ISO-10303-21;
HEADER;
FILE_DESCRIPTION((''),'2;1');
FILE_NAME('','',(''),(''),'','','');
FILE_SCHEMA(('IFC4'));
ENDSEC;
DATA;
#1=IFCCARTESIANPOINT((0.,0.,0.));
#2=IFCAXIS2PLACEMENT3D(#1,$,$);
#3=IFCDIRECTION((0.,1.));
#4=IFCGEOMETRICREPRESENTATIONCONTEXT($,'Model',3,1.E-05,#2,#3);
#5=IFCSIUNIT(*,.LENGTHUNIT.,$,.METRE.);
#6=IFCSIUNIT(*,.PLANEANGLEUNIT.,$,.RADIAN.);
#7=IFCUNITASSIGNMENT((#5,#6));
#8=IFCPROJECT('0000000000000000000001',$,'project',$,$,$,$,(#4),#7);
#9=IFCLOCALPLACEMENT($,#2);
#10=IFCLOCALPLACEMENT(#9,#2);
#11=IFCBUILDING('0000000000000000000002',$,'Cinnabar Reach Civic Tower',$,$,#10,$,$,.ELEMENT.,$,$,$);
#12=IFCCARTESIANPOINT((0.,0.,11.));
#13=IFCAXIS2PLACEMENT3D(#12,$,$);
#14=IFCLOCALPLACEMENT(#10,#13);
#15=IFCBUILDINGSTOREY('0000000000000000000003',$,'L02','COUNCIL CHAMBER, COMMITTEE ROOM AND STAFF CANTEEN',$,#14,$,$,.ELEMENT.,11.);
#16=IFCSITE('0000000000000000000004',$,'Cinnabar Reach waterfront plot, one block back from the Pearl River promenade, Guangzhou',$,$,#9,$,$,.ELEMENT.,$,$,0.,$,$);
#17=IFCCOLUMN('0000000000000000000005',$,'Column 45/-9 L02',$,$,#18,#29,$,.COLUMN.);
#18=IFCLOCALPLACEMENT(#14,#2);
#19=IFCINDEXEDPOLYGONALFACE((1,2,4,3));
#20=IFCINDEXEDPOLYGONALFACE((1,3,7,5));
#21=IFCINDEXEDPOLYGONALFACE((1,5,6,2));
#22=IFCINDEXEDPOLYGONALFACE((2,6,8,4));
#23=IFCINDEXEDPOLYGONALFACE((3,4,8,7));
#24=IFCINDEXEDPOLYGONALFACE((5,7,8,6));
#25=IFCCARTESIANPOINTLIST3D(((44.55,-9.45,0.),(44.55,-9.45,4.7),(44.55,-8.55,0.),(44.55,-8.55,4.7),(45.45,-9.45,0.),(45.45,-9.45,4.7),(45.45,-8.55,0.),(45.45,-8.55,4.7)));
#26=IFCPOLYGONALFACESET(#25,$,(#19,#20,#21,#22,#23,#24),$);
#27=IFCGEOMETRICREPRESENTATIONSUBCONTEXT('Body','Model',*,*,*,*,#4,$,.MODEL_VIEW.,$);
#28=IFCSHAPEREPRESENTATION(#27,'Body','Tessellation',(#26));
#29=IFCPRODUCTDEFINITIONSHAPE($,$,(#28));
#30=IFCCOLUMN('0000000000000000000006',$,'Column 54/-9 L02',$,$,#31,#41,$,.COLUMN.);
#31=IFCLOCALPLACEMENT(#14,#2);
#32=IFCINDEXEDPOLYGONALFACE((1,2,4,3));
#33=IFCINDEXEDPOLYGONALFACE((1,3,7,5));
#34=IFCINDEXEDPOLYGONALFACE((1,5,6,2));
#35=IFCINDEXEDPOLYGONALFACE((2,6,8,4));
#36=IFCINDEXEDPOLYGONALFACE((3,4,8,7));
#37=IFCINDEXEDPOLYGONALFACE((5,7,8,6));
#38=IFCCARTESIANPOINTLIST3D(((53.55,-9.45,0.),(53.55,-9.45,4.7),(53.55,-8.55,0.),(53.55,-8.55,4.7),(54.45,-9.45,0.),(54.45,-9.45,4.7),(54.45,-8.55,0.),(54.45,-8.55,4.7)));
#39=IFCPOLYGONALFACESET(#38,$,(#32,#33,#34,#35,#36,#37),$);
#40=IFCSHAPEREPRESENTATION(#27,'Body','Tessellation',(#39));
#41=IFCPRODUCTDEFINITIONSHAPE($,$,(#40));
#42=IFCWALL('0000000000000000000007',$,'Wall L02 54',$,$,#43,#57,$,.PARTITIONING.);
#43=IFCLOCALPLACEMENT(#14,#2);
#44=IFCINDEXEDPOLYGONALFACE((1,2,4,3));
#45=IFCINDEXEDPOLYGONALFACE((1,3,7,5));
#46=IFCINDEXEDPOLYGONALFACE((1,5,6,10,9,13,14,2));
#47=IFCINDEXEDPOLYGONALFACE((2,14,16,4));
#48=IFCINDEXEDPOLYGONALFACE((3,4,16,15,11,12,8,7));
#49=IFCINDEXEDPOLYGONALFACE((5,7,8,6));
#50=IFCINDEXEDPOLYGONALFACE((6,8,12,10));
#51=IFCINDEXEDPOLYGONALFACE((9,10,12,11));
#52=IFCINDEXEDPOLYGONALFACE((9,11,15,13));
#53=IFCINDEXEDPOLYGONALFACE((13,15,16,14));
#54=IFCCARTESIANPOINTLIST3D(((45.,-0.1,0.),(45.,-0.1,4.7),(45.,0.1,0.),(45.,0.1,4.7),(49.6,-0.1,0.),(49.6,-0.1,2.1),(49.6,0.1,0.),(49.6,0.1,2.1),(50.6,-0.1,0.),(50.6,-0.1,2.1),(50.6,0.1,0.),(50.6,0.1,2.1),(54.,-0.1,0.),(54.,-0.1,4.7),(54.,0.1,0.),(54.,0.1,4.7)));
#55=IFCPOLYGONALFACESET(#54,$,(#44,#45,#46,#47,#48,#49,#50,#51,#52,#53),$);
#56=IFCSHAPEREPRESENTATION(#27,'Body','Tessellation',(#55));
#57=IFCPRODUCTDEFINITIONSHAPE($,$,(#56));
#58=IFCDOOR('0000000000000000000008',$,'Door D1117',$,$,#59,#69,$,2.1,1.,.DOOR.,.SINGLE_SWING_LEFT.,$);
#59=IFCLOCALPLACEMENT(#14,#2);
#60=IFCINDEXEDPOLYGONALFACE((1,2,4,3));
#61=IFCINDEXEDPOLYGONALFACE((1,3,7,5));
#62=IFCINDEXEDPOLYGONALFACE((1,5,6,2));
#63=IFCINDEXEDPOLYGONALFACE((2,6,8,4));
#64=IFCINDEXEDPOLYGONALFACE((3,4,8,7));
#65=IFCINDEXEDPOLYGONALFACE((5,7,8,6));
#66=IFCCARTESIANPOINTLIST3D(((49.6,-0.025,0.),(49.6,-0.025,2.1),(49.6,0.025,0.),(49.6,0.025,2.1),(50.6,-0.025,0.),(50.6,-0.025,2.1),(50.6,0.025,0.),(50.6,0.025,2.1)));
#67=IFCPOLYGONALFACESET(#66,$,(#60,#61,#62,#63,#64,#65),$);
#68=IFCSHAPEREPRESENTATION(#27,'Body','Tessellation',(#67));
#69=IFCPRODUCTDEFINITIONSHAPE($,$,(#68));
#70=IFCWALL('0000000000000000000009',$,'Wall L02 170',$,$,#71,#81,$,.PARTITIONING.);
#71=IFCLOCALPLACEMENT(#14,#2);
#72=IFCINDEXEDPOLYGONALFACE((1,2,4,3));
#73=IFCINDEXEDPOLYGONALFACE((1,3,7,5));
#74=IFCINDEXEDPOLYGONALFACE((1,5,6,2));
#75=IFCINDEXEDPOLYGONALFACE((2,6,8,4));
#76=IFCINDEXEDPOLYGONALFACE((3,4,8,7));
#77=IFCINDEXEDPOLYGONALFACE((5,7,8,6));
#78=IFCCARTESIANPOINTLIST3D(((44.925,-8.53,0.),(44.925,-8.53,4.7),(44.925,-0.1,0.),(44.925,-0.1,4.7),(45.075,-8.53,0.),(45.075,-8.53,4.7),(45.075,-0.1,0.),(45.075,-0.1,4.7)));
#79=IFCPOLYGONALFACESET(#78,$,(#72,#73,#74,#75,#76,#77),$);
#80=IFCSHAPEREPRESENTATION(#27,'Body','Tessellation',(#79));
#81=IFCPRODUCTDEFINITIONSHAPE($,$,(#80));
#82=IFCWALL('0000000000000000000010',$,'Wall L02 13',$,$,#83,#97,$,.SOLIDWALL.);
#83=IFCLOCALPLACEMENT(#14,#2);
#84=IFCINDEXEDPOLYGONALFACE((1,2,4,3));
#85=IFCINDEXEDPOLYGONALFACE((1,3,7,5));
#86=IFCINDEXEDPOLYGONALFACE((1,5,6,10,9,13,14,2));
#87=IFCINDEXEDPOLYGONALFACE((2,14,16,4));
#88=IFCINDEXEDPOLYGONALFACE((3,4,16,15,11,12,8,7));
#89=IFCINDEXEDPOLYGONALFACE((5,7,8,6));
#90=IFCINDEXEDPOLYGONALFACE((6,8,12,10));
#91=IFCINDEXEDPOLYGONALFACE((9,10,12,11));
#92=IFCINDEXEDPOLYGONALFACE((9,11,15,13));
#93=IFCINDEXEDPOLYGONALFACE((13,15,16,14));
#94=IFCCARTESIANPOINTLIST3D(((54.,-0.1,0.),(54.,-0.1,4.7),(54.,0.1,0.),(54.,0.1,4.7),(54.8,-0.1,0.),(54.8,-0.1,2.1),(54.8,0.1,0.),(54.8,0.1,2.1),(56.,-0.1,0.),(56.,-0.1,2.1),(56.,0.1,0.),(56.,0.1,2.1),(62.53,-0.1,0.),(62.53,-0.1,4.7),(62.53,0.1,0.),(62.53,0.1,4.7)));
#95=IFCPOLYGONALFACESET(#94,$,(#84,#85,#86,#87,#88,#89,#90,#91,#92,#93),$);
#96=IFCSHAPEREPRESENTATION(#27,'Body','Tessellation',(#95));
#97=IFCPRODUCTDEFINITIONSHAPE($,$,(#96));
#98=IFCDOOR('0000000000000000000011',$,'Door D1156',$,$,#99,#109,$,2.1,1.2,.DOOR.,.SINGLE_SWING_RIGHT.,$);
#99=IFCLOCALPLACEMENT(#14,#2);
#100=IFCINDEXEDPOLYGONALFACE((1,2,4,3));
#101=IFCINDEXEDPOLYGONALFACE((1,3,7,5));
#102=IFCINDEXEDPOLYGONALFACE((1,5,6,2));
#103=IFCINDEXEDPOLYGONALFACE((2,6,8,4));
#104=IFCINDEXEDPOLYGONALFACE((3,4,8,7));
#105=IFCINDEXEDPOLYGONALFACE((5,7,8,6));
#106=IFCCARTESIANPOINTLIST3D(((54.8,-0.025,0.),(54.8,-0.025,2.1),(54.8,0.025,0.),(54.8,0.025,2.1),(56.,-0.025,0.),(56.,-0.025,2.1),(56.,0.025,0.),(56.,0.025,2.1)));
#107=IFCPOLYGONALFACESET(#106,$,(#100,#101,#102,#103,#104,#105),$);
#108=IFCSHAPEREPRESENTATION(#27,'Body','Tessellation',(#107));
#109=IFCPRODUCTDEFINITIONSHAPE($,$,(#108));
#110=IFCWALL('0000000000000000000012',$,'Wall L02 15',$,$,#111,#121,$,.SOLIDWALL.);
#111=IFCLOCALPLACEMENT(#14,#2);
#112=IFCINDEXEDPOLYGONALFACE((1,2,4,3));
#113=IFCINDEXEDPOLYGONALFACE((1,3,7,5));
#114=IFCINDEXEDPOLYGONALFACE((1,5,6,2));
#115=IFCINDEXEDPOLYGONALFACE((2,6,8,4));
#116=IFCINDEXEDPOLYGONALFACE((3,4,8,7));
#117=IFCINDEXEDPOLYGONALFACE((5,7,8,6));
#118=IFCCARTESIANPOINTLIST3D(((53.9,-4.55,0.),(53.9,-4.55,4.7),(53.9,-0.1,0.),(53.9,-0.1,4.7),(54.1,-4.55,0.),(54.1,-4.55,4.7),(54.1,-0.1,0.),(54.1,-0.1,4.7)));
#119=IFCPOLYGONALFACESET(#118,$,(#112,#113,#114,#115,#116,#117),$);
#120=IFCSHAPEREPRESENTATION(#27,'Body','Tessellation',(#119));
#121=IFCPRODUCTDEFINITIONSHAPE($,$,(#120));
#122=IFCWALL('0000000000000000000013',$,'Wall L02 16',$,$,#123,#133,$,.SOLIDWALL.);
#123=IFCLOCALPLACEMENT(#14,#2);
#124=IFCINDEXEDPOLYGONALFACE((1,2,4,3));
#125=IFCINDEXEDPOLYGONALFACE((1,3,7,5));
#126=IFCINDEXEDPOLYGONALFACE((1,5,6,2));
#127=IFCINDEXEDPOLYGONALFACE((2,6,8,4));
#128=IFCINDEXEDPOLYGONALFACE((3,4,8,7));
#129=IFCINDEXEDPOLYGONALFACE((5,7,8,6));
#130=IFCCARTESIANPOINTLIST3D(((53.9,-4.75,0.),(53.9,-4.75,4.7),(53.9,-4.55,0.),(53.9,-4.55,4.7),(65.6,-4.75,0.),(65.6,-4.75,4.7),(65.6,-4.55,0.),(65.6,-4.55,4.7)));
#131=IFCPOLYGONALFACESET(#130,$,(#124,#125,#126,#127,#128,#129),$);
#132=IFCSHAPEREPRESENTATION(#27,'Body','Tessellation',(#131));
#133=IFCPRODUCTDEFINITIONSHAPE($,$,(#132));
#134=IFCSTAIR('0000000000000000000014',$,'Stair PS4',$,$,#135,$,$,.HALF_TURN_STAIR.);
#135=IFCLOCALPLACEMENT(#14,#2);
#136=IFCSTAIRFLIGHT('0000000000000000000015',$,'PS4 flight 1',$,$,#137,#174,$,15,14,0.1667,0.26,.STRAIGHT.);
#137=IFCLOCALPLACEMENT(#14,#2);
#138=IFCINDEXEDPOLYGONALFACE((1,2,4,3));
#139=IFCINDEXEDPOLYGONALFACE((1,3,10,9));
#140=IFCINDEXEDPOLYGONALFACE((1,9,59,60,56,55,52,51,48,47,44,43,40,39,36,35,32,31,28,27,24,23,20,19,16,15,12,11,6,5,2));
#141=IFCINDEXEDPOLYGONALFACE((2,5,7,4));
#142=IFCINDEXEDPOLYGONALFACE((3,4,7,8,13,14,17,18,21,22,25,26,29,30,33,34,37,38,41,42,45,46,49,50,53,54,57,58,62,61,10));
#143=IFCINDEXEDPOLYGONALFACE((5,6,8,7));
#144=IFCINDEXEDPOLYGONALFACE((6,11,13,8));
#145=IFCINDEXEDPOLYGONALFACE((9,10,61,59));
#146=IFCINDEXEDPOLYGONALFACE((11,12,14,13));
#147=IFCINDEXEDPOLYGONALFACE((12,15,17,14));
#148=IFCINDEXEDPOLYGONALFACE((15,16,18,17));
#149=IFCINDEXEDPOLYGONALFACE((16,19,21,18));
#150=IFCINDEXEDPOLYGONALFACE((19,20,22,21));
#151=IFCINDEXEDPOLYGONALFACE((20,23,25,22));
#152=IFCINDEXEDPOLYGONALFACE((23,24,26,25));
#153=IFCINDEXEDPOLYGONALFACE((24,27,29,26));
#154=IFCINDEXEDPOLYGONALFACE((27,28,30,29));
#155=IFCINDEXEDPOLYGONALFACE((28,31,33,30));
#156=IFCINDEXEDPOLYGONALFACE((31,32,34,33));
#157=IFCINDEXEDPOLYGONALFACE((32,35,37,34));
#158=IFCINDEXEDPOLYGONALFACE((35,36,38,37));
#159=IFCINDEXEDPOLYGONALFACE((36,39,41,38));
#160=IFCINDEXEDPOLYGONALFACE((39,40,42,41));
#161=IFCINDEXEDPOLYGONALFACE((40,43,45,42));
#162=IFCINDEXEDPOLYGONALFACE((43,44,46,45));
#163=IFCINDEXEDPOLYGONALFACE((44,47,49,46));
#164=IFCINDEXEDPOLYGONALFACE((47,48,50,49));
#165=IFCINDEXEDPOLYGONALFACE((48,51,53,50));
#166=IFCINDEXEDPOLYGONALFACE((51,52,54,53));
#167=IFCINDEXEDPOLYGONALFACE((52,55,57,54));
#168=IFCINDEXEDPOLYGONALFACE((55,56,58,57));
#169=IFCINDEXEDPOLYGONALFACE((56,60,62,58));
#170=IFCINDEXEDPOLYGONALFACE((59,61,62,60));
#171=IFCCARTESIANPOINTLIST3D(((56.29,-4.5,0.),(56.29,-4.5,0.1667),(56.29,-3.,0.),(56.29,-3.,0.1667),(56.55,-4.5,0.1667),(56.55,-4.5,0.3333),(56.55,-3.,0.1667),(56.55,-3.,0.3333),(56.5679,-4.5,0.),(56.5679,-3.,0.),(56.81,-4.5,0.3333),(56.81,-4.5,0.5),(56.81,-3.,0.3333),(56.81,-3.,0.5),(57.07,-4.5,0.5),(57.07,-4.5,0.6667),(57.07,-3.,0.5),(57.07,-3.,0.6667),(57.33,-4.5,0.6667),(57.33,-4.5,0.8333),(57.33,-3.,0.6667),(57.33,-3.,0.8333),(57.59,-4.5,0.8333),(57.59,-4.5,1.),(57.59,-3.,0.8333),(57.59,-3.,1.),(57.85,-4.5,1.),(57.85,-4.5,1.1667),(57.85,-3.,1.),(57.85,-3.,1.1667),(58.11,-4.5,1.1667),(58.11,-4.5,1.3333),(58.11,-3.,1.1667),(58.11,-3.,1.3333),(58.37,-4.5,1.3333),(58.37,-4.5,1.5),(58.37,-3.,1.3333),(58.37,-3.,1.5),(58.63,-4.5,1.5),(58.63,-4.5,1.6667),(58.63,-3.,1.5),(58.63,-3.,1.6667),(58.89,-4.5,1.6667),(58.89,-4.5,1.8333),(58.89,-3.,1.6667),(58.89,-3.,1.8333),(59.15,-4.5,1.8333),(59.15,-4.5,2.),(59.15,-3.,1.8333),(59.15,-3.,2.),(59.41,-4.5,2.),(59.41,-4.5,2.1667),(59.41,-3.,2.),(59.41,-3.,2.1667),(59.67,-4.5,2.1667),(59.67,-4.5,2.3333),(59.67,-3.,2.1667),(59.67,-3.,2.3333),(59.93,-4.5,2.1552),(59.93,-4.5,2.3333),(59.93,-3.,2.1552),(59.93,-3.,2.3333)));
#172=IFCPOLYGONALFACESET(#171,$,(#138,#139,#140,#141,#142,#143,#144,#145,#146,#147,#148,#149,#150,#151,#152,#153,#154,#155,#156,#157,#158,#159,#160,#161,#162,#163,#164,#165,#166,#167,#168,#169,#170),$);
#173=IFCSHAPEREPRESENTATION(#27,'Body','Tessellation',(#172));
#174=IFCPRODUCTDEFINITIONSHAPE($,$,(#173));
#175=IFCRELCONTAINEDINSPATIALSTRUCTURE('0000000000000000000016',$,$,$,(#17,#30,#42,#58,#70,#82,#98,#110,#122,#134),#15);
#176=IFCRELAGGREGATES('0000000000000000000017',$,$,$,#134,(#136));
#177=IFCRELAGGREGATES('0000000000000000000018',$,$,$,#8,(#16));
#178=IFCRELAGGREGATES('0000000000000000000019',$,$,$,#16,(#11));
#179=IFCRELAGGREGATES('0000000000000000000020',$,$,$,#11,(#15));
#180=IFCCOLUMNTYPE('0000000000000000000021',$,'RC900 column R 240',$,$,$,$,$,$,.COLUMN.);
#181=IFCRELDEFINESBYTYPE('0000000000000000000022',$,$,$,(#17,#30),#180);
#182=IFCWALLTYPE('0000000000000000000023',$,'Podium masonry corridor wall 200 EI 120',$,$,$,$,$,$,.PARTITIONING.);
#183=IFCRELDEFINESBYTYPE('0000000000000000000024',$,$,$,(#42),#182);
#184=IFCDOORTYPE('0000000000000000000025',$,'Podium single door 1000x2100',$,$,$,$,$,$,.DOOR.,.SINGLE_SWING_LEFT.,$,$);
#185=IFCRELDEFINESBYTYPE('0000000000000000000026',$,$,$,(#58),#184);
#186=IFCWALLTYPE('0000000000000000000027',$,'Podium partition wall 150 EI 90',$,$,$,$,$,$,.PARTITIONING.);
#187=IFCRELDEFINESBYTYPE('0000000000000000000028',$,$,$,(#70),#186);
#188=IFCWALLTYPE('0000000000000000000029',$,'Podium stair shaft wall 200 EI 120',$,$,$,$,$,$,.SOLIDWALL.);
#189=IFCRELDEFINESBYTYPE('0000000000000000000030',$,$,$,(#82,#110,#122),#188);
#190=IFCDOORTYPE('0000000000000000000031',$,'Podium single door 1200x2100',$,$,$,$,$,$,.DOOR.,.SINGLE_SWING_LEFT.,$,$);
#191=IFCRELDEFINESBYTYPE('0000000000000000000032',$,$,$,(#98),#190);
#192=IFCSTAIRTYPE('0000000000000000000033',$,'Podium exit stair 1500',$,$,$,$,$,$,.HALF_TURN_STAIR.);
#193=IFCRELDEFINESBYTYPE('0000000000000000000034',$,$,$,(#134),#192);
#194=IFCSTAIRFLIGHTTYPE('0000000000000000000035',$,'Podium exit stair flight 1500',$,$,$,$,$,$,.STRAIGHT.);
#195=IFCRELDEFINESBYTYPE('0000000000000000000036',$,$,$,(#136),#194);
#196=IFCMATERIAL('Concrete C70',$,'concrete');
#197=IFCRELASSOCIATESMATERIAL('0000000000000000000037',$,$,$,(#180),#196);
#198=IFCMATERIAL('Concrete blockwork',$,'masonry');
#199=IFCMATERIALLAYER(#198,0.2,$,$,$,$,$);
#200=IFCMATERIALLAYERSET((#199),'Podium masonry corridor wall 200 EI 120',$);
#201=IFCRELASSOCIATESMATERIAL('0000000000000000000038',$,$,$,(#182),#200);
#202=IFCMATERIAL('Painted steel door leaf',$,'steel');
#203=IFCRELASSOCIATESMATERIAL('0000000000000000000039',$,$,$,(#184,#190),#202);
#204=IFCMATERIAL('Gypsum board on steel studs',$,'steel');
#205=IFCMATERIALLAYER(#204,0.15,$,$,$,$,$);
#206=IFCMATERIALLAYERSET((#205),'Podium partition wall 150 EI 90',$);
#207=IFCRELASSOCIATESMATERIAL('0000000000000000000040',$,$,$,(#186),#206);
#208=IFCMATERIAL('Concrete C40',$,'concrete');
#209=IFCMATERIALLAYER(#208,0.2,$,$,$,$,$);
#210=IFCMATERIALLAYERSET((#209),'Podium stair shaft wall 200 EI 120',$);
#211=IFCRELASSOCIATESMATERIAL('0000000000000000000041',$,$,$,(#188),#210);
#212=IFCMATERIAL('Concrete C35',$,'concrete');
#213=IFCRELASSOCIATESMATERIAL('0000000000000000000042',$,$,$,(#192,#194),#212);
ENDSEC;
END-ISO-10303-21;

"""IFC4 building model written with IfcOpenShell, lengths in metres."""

from ifc_helpers import new_model, si_unit, direction, frame, frame_2d, origin, origin_2d, place, context, subcontext, project, spatial, polyline, rectangle, outline, extrude, material, layer, layer_set, material_profile, profile_set, type_object, element, fill, aggregate, save


model = new_model("IFC4")

# Units and contexts
model_context = context("Model", 3, precision=1e-05, world=origin(), true_north=direction((0.0, 1.0)))
body_context = subcontext(model_context, "Body", "Model", "MODEL_VIEW")
ifc_project = project(units=[si_unit("LENGTHUNIT", "METRE"), si_unit("PLANEANGLEUNIT", "RADIAN")], contexts=[model_context])

# Site, building, storey
site_placement = place(None, origin())
site = spatial("IfcSite", under=ifc_project, at=site_placement, Name="Cinnabar Reach waterfront plot, one block back from the Pearl River promenade, Guangzhou", CompositionType="ELEMENT", RefElevation=0.0)
building_placement = place(site_placement, origin())
building = spatial("IfcBuilding", under=site, at=building_placement, Name="Cinnabar Reach Civic Tower", CompositionType="ELEMENT")
storey_placement = place(building_placement, frame((0.0, 0.0, 11.0)))
storey = spatial("IfcBuildingStorey", under=building, at=storey_placement, Name="L02", Description="COUNCIL CHAMBER, COMMITTEE ROOM AND STAFF CANTEEN", CompositionType="ELEMENT", Elevation=11.0)

# Columns
ifc_material_1 = material(Name="Concrete C70", Category="concrete")
ifc_material_profile = material_profile(ifc_material_1, rectangle(XDim=0.9, YDim=0.9, at=origin_2d()), Name="RC900")
ifc_profile_set = profile_set([ifc_material_profile], Name="Concrete C70")
column_type = type_object("IfcColumnType", Name="RC900 column R 240", PredefinedType="COLUMN", material=ifc_profile_set)
for number, where, z_axis, x_axis, name in (
    (1, (45.0, -9.0, 0.0), (0.0, 0.0, 1.0), (1.0, 0.0, 0.0), "Column 45/-9 L02"),
    (2, (54.0, -9.0, 0.0), (0.0, 0.0, 1.0), (1.0, 0.0, 0.0), "Column 54/-9 L02"),
):
    element("IfcColumn", number, at=place(storey_placement, frame(where, z_axis=z_axis, x_axis=x_axis)), inside=storey, type_object=column_type, Name=name, PredefinedType="COLUMN", context=body_context, shape_type="SweptSolid", body=[
        extrude(rectangle(XDim=0.9, YDim=0.9, at=origin_2d()), origin(), (0.0, 0.0, 1.0), 4.7),
    ])

# Wall, opening, door
ifc_material_2 = material(Name="Concrete blockwork", Category="masonry")
ifc_layer_1 = layer(ifc_material_2, 0.2)
ifc_layer_set_1 = layer_set([ifc_layer_1], Name="Podium masonry corridor wall 200 EI 120")
wall_type_1 = type_object("IfcWallType", Name="Podium masonry corridor wall 200 EI 120", PredefinedType="PARTITIONING", material=ifc_layer_set_1)
wall_1_placement = place(storey_placement, frame((45.0, 0.0, 0.0), z_axis=(0.0, 0.0, 1.0), x_axis=(1.0, 0.0, 0.0)))
wall_1 = element("IfcWall", 3, at=wall_1_placement, inside=storey, type_object=wall_type_1, Name="Wall L02 54", PredefinedType="PARTITIONING", context=body_context, shape_type="SweptSolid", body=[
    extrude(rectangle(XDim=9.0, YDim=0.2, at=frame_2d((4.5, 0.0))), origin(), (0.0, 0.0, 1.0), 4.7),
])
opening_1_placement = place(wall_1_placement, frame((4.6, 0.0, 0.0)))
opening_1 = element("IfcOpeningElement", 4, at=opening_1_placement, cuts=wall_1, PredefinedType="OPENING", context=body_context, shape_type="SweptSolid", body=[
    extrude(rectangle(XDim=1.0, YDim=2.1, at=frame_2d((0.5, 1.05))), frame((0.0, 0.11, 0.0), z_axis=(0.0, -1.0, 0.0), x_axis=(1.0, 0.0, 0.0)), (0.0, 0.0, 1.0), 0.22),
])
ifc_material_3 = material(Name="Painted steel door leaf", Category="steel")
door_type_1 = type_object("IfcDoorType", Name="Podium single door 1000x2100", OperationType="SINGLE_SWING_LEFT", PredefinedType="DOOR", material=ifc_material_3)
door_1_placement = place(opening_1_placement, frame((1.0, 0.0, 0.0), z_axis=(0.0, 0.0, 1.0), x_axis=(-1.0, 0.0, 0.0)))
door_1 = element("IfcDoor", 5, at=door_1_placement, inside=storey, type_object=door_type_1, Name="Door D1117", OperationType="SINGLE_SWING_LEFT", OverallHeight=2.1, OverallWidth=1.0, PredefinedType="DOOR", context=body_context, shape_type="SweptSolid", body=[
    extrude(rectangle(XDim=1.0, YDim=2.1, at=frame_2d((0.5, 1.05))), frame((0.0, 0.025, 0.0), z_axis=(0.0, -1.0, 0.0), x_axis=(1.0, 0.0, 0.0)), (0.0, 0.0, 1.0), 0.05),
])
fill(opening_1, door_1)

# Wall
ifc_material_4 = material(Name="Gypsum board on steel studs", Category="steel")
ifc_layer_2 = layer(ifc_material_4, 0.15)
ifc_layer_set_2 = layer_set([ifc_layer_2], Name="Podium partition wall 150 EI 90")
wall_type_2 = type_object("IfcWallType", Name="Podium partition wall 150 EI 90", PredefinedType="PARTITIONING", material=ifc_layer_set_2)
wall_2_placement = place(storey_placement, frame((45.0, -8.53, 0.0), z_axis=(0.0, 0.0, 1.0), x_axis=(0.0, 1.0, 0.0)))
element("IfcWall", 6, at=wall_2_placement, inside=storey, type_object=wall_type_2, Name="Wall L02 170", PredefinedType="PARTITIONING", context=body_context, shape_type="SweptSolid", body=[
    extrude(rectangle(XDim=8.43, YDim=0.15, at=frame_2d((4.215, 0.0))), origin(), (0.0, 0.0, 1.0), 4.7),
])

# Wall, opening, door
ifc_material_5 = material(Name="Concrete C40", Category="concrete")
ifc_layer_3 = layer(ifc_material_5, 0.2)
ifc_layer_set_3 = layer_set([ifc_layer_3], Name="Podium stair shaft wall 200 EI 120")
wall_type_3 = type_object("IfcWallType", Name="Podium stair shaft wall 200 EI 120", PredefinedType="SOLIDWALL", material=ifc_layer_set_3)
wall_3_placement = place(storey_placement, frame((54.0, 0.0, 0.0), z_axis=(0.0, 0.0, 1.0), x_axis=(1.0, 0.0, 0.0)))
wall_3 = element("IfcWall", 7, at=wall_3_placement, inside=storey, type_object=wall_type_3, Name="Wall L02 13", PredefinedType="SOLIDWALL", context=body_context, shape_type="SweptSolid", body=[
    extrude(rectangle(XDim=8.53, YDim=0.2, at=frame_2d((4.265, 0.0))), origin(), (0.0, 0.0, 1.0), 4.7),
])
opening_2_placement = place(wall_3_placement, frame((0.8, 0.0, 0.0)))
opening_2 = element("IfcOpeningElement", 8, at=opening_2_placement, cuts=wall_3, PredefinedType="OPENING", context=body_context, shape_type="SweptSolid", body=[
    extrude(rectangle(XDim=1.2, YDim=2.1, at=frame_2d((0.6, 1.05))), frame((0.0, 0.11, 0.0), z_axis=(0.0, -1.0, 0.0), x_axis=(1.0, 0.0, 0.0)), (0.0, 0.0, 1.0), 0.22),
])
door_type_2 = type_object("IfcDoorType", Name="Podium single door 1200x2100", OperationType="SINGLE_SWING_LEFT", PredefinedType="DOOR", material=ifc_material_3)
door_2_placement = place(opening_2_placement, frame((1.2, 0.0, 0.0), z_axis=(0.0, 0.0, 1.0), x_axis=(-1.0, 0.0, 0.0)))
door_2 = element("IfcDoor", 9, at=door_2_placement, inside=storey, type_object=door_type_2, Name="Door D1156", OperationType="SINGLE_SWING_RIGHT", OverallHeight=2.1, OverallWidth=1.2, PredefinedType="DOOR", context=body_context, shape_type="SweptSolid", body=[
    extrude(rectangle(XDim=1.2, YDim=2.1, at=frame_2d((0.6, 1.05))), frame((0.0, 0.025, 0.0), z_axis=(0.0, -1.0, 0.0), x_axis=(1.0, 0.0, 0.0)), (0.0, 0.0, 1.0), 0.05),
])
fill(opening_2, door_2)

# Walls
wall_4_placement = place(storey_placement, frame((54.0, -4.55, 0.0), z_axis=(0.0, 0.0, 1.0), x_axis=(0.0, 1.0, 0.0)))
element("IfcWall", 10, at=wall_4_placement, inside=storey, type_object=wall_type_3, Name="Wall L02 15", PredefinedType="SOLIDWALL", context=body_context, shape_type="SweptSolid", body=[
    extrude(rectangle(XDim=4.45, YDim=0.2, at=frame_2d((2.225, 0.0))), origin(), (0.0, 0.0, 1.0), 4.7),
])
wall_5_placement = place(storey_placement, frame((53.9, -4.65, 0.0), z_axis=(0.0, 0.0, 1.0), x_axis=(1.0, 0.0, 0.0)))
element("IfcWall", 11, at=wall_5_placement, inside=storey, type_object=wall_type_3, Name="Wall L02 16", PredefinedType="SOLIDWALL", context=body_context, shape_type="SweptSolid", body=[
    extrude(rectangle(XDim=11.7, YDim=0.2, at=frame_2d((5.85, 0.0))), origin(), (0.0, 0.0, 1.0), 4.7),
])

# Stair, stair flight
ifc_material_6 = material(Name="Concrete C35", Category="concrete")
stair_type = type_object("IfcStairType", Name="Podium exit stair 1500", PredefinedType="HALF_TURN_STAIR", material=ifc_material_6)
stair_placement = place(storey_placement, origin())
stair = element("IfcStair", 12, at=stair_placement, inside=storey, type_object=stair_type, Name="Stair PS4", PredefinedType="HALF_TURN_STAIR")
stair_flight_type = type_object("IfcStairFlightType", Name="Podium exit stair flight 1500", PredefinedType="STRAIGHT", material=ifc_material_6)
stair_flight_placement = place(storey_placement, frame((56.29, -3.75, 0.0), z_axis=(0.0, 0.0, 1.0), x_axis=(1.0, 0.0, 0.0)))
stair_flight = element("IfcStairFlight", 13, at=stair_flight_placement, type_object=stair_flight_type, Name="PS4 flight 1", NumberOfRisers=15, NumberOfTreads=14, PredefinedType="STRAIGHT", RiserHeight=0.1667, TreadLength=0.26, context=body_context, shape_type="SweptSolid", body=[
    extrude(outline(polyline([(0.0, 0.0), (0.0, 0.1667), (0.26, 0.1667), (0.26, 0.3333), (0.52, 0.3333), (0.52, 0.5), (0.78, 0.5), (0.78, 0.6667), (1.04, 0.6667), (1.04, 0.8333), (1.3, 0.8333), (1.3, 1.0), (1.56, 1.0), (1.56, 1.1667), (1.82, 1.1667), (1.82, 1.3333), (2.08, 1.3333), (2.08, 1.5), (2.34, 1.5), (2.34, 1.6667), (2.6, 1.6667), (2.6, 1.8333), (2.86, 1.8333), (2.86, 2.0), (3.12, 2.0), (3.12, 2.1667), (3.38, 2.1667), (3.38, 2.3333), (3.64, 2.3333), (3.64, 2.5), (3.64, 2.1552), (0.2779, 0.0), (0.0, 0.0)])), frame((0.0, 0.75, 0.0), z_axis=(0.0, -1.0, 0.0), x_axis=(1.0, 0.0, 0.0)), (0.0, 0.0, 1.0), 1.5),
])
aggregate(stair, [stair_flight])

save(model, "model.ifc")
